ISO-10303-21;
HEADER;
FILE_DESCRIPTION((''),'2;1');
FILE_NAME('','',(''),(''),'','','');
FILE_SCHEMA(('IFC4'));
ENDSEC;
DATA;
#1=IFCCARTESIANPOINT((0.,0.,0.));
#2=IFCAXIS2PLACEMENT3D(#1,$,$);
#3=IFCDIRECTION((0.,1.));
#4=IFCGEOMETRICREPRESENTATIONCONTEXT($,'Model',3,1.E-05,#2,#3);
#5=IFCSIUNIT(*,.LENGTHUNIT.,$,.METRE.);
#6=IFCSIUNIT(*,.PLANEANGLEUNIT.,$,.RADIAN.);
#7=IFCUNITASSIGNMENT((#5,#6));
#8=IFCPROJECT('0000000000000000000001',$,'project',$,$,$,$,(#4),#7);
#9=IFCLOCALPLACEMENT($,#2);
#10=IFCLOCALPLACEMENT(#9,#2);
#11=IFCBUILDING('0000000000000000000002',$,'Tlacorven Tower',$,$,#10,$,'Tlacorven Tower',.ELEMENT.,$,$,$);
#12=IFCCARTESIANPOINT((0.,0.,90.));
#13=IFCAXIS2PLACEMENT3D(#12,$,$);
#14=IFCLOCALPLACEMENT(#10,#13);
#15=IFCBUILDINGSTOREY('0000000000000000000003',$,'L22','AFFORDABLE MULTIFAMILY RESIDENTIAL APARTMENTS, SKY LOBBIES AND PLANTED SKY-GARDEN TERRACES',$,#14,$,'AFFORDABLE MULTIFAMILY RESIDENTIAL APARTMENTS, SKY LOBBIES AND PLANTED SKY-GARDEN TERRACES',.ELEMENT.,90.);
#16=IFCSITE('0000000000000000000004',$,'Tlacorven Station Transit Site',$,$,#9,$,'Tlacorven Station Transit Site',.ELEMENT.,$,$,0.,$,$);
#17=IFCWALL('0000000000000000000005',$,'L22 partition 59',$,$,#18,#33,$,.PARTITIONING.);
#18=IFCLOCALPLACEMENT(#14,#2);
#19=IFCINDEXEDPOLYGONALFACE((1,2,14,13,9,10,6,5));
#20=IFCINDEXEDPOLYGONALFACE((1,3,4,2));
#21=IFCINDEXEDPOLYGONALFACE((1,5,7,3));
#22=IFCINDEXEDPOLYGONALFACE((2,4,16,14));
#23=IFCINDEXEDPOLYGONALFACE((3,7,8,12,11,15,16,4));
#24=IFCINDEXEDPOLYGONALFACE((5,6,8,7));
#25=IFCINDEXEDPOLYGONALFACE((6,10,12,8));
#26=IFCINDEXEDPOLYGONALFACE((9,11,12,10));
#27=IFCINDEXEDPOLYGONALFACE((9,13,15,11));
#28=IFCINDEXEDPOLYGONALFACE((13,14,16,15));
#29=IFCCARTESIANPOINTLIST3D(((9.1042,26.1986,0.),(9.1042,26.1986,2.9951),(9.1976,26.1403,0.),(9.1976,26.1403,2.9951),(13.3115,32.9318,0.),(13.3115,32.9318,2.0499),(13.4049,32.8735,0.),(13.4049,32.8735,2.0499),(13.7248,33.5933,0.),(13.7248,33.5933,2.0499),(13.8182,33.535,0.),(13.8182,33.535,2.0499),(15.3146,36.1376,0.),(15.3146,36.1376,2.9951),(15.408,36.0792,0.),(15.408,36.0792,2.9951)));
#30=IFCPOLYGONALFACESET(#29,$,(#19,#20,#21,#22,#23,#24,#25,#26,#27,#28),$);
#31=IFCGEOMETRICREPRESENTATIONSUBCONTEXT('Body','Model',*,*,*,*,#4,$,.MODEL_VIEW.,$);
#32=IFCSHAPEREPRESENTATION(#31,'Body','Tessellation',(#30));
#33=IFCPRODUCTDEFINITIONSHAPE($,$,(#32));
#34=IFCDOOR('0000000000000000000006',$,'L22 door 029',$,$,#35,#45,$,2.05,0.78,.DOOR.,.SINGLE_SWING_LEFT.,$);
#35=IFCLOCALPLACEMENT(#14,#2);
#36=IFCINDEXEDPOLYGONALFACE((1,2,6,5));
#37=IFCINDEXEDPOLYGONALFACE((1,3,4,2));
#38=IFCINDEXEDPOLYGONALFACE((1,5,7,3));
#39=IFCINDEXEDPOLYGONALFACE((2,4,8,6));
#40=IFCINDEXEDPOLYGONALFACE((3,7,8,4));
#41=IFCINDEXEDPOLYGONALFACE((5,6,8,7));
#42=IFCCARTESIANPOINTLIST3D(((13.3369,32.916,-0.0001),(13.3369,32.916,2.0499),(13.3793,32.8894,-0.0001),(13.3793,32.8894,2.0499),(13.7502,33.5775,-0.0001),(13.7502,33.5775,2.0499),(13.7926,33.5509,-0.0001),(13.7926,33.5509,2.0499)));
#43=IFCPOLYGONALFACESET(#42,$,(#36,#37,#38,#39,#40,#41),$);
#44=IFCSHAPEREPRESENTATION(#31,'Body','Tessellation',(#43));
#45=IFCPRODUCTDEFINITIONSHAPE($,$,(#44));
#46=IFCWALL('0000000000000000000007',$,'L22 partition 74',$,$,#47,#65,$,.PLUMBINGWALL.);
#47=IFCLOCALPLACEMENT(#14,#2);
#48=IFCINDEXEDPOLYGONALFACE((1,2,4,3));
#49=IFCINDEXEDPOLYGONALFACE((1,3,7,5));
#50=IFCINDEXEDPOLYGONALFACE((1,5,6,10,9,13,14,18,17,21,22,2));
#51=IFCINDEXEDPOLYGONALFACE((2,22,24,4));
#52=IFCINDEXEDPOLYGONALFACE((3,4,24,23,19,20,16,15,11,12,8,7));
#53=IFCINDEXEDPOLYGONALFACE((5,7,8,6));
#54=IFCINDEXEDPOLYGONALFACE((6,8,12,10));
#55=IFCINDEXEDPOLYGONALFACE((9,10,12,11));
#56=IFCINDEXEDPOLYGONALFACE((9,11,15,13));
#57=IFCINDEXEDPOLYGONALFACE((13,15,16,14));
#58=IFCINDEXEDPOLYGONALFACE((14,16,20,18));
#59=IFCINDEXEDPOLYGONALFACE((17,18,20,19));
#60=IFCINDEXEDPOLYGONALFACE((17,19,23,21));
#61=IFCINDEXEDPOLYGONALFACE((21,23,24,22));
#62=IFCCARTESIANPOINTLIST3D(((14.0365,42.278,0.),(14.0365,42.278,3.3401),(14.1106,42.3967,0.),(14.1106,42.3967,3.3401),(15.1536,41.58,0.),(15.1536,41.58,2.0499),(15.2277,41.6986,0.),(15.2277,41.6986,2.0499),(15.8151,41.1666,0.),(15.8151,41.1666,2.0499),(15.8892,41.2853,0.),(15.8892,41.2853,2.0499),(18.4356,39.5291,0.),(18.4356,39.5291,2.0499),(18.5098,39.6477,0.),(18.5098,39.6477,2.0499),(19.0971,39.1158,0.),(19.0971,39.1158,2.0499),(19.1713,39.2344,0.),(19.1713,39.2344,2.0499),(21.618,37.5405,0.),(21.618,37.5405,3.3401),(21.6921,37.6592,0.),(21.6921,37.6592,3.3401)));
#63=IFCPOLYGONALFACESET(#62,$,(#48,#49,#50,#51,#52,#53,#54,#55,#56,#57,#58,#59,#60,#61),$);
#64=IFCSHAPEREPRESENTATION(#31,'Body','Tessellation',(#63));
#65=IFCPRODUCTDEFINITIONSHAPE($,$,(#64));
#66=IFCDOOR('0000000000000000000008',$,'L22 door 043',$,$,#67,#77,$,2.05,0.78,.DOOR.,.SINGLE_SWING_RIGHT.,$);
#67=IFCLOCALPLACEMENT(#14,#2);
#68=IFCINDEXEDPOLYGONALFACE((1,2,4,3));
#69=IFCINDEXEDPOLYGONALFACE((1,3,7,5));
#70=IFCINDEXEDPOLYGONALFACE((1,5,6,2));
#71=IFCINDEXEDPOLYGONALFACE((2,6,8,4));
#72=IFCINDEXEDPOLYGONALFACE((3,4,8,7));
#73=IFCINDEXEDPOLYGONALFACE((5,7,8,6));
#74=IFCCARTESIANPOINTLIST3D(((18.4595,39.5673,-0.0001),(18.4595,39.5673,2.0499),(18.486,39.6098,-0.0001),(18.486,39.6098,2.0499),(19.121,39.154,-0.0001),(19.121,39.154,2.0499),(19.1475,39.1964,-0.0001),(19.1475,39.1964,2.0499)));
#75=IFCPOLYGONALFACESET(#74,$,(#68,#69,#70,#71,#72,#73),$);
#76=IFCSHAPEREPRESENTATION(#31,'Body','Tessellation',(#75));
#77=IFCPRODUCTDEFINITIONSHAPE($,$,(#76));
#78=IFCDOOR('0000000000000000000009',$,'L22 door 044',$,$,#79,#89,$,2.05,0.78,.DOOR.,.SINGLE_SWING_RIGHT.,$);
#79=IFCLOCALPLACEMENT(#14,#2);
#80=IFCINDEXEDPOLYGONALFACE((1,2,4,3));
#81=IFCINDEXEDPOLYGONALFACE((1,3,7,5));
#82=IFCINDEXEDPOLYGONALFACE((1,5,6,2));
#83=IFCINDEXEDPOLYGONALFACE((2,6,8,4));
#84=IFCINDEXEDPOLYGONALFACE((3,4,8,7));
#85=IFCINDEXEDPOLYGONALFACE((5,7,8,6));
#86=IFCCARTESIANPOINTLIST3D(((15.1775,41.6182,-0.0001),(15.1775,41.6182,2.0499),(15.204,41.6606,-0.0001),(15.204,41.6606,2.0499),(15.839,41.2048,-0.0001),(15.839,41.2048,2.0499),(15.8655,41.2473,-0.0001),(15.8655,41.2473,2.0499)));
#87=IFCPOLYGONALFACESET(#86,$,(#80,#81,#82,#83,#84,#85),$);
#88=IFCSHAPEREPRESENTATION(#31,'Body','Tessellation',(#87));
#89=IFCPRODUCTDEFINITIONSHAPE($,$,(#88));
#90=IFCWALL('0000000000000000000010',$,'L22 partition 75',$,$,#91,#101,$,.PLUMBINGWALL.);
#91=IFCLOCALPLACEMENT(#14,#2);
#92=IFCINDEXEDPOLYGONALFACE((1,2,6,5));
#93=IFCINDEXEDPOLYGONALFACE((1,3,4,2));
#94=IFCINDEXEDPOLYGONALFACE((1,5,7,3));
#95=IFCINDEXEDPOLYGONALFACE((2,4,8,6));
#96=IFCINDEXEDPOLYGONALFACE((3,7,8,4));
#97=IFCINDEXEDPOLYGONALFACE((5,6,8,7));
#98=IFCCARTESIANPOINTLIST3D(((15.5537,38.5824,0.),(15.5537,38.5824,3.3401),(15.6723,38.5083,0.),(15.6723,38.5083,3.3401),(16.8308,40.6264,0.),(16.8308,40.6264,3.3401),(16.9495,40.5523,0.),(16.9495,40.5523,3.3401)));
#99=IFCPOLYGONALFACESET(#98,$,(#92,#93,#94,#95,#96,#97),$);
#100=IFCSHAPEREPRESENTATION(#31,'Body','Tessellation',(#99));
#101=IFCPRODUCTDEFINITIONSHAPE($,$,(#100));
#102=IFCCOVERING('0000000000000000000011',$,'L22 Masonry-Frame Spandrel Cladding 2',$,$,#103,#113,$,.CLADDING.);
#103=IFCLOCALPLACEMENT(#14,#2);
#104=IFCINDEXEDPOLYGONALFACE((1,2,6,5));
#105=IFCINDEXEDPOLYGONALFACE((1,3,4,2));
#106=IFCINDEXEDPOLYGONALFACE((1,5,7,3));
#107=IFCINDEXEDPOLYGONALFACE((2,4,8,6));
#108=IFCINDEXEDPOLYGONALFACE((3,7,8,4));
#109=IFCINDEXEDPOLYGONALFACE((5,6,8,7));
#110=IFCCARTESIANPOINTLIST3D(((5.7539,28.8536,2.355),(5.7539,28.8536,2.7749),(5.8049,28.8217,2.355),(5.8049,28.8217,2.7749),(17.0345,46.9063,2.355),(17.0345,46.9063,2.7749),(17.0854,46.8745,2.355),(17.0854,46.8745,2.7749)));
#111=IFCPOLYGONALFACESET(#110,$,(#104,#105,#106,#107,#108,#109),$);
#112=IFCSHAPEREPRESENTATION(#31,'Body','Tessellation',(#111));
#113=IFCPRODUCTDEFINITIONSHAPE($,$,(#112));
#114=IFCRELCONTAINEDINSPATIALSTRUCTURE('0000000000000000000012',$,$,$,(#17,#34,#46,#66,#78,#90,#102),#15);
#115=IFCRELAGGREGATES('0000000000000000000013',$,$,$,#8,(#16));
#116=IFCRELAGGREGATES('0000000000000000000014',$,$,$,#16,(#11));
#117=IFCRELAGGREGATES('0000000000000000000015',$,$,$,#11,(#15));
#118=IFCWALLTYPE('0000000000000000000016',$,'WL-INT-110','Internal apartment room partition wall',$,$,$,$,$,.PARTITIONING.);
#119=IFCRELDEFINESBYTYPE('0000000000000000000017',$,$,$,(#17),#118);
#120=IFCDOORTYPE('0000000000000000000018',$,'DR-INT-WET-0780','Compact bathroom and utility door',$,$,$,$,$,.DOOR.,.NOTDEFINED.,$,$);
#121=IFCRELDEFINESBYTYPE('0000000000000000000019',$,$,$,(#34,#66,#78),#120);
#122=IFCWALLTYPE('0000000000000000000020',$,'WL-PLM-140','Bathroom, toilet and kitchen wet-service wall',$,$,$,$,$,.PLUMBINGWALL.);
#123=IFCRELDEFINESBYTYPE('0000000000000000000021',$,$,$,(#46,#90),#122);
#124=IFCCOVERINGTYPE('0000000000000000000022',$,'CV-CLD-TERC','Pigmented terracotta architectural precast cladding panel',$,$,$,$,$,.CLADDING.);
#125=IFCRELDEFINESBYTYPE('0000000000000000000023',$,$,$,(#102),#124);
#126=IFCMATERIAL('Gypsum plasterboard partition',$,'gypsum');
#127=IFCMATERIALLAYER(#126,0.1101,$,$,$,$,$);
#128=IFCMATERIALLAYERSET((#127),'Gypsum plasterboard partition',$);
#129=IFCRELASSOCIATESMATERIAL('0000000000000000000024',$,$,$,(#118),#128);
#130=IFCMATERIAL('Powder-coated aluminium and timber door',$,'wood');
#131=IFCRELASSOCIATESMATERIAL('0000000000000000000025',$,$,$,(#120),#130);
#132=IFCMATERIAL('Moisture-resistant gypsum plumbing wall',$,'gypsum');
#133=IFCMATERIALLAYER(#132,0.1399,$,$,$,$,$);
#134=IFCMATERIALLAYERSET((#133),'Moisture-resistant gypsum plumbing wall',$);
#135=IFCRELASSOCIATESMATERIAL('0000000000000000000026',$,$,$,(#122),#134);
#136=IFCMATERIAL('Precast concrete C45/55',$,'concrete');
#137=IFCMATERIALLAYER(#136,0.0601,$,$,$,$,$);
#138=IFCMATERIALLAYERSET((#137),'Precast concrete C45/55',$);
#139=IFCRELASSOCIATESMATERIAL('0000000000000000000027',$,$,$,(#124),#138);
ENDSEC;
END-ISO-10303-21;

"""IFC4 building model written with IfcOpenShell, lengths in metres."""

from ifc_helpers import new_model, si_unit, direction, frame, frame_2d, origin, origin_2d, place, context, subcontext, project, spatial, rectangle, extrude, source, transform, mapped, material, layer, layer_set, type_object, element, fill, save


model = new_model("IFC4")

# Units and contexts
model_context = context("Model", 3, precision=1e-05, world=origin(), true_north=direction((0.0, 1.0)))
body_context = subcontext(model_context, "Body", "Model", "MODEL_VIEW")
ifc_project = project(units=[si_unit("LENGTHUNIT", "METRE"), si_unit("PLANEANGLEUNIT", "RADIAN")], contexts=[model_context])

# Site, building, storey
site_placement = place(None, origin())
site = spatial("IfcSite", under=ifc_project, at=site_placement, Name="Tlacorven Station Transit Site", LongName="Tlacorven Station Transit Site", CompositionType="ELEMENT", RefElevation=0.0)
building_placement = place(site_placement, origin())
building = spatial("IfcBuilding", under=site, at=building_placement, Name="Tlacorven Tower", LongName="Tlacorven Tower", CompositionType="ELEMENT")
storey_placement = place(building_placement, frame((0.0, 0.0, 90.0)))
storey = spatial("IfcBuildingStorey", under=building, at=storey_placement, Name="L22", Description="AFFORDABLE MULTIFAMILY RESIDENTIAL APARTMENTS, SKY LOBBIES AND PLANTED SKY-GARDEN TERRACES", LongName="AFFORDABLE MULTIFAMILY RESIDENTIAL APARTMENTS, SKY LOBBIES AND PLANTED SKY-GARDEN TERRACES", CompositionType="ELEMENT", Elevation=90.0)

# Wall, opening, door
ifc_material_1 = material(Name="Gypsum plasterboard partition", Category="gypsum")
ifc_layer_1 = layer(ifc_material_1, 0.1101)
ifc_layer_set_1 = layer_set([ifc_layer_1], Name="Gypsum plasterboard partition")
wall_type_1 = type_object("IfcWallType", Name="WL-INT-110", Description="Internal apartment room partition wall", PredefinedType="PARTITIONING", material=ifc_layer_set_1)
wall_1_placement = place(storey_placement, frame((15.3613, 36.1084, 0.0), z_axis=(0.0, 0.0, 1.0), x_axis=(-0.529913, -0.848052, 0.0)))
wall_1 = element("IfcWall", 1, at=wall_1_placement, inside=storey, type_object=wall_type_1, Name="L22 partition 59", PredefinedType="PARTITIONING", context=body_context, shape_type="SweptSolid", body=[
    extrude(rectangle(XDim=11.7197, YDim=0.1101, at=frame_2d((5.8599, 0.0))), origin(), (0.0, 0.0, 1.0), 2.9951),
])
opening_1_placement = place(wall_1_placement, frame((3.0, 0.0, 0.0)))
opening_1 = element("IfcOpeningElement", 2, at=opening_1_placement, cuts=wall_1, PredefinedType="OPENING", context=body_context, shape_type="SweptSolid", body=[
    extrude(rectangle(XDim=0.78, YDim=2.05, at=frame_2d((0.3901, 1.0249))), frame((0.0, 0.0649, 0.0), z_axis=(0.0, -1.0, 0.0), x_axis=(1.0, 0.0, 0.0)), (0.0, 0.0, 1.0), 0.1301),
])
ifc_material_2 = material(Name="Powder-coated aluminium and timber door", Category="wood")
door_type = type_object("IfcDoorType", Name="DR-INT-WET-0780", Description="Compact bathroom and utility door", OperationType="NOTDEFINED", PredefinedType="DOOR", material=ifc_material_2)
shared_shape_1 = source(origin(), body_context, "Body", "SweptSolid", [
    extrude(rectangle(XDim=0.78, YDim=2.05, at=frame_2d((0.3901, 1.0249))), frame((0.0, 0.0249, 0.0), z_axis=(0.0, -1.0, 0.0), x_axis=(1.0, 0.0, 0.0)), (0.0, 0.0, 1.0), 0.05),
])
door_1_placement = place(opening_1_placement, origin())
door_1 = element("IfcDoor", 3, at=door_1_placement, inside=storey, type_object=door_type, Name="L22 door 029", OperationType="SINGLE_SWING_LEFT", OverallHeight=2.05, OverallWidth=0.78, PredefinedType="DOOR", context=body_context, shape_type="MappedRepresentation", body=[
    mapped(shared_shape_1, transform((0.0, 0.0, 0.0), scale=1.0)),
])
fill(opening_1, door_1)

# Wall, openings, doors
ifc_material_3 = material(Name="Moisture-resistant gypsum plumbing wall", Category="gypsum")
ifc_layer_2 = layer(ifc_material_3, 0.1399)
ifc_layer_set_2 = layer_set([ifc_layer_2], Name="Moisture-resistant gypsum plumbing wall")
wall_type_2 = type_object("IfcWallType", Name="WL-PLM-140", Description="Bathroom, toilet and kitchen wet-service wall", PredefinedType="PLUMBINGWALL", material=ifc_layer_set_2)
wall_2_placement = place(storey_placement, frame((21.655, 37.5999, 0.0), z_axis=(0.0, 0.0, 1.0), x_axis=(-0.848044, 0.529925, 0.0)))
wall_2 = element("IfcWall", 4, at=wall_2_placement, inside=storey, type_object=wall_type_2, Name="L22 partition 74", PredefinedType="PLUMBINGWALL", context=body_context, shape_type="SweptSolid", body=[
    extrude(rectangle(XDim=8.9399, YDim=0.1399, at=frame_2d((4.47, 0.0))), origin(), (0.0, 0.0, 1.0), 3.3401),
])
opening_2_placement = place(wall_2_placement, frame((2.9724, 0.0, 0.0)))
opening_2 = element("IfcOpeningElement", 5, at=opening_2_placement, cuts=wall_2, PredefinedType="OPENING", context=body_context, shape_type="SweptSolid", body=[
    extrude(rectangle(XDim=0.78, YDim=2.05, at=frame_2d((0.3901, 1.0249))), frame((0.0, 0.0801, 0.0), z_axis=(0.0, -1.0, 0.0), x_axis=(1.0, 0.0, 0.0)), (0.0, 0.0, 1.0), 0.1599),
])
opening_3_placement = place(wall_2_placement, frame((6.8425, 0.0, 0.0)))
opening_3 = element("IfcOpeningElement", 6, at=opening_3_placement, cuts=wall_2, PredefinedType="OPENING", context=body_context, shape_type="SweptSolid", body=[
    extrude(rectangle(XDim=0.78, YDim=2.05, at=frame_2d((0.3901, 1.0249))), frame((0.0, 0.0801, 0.0), z_axis=(0.0, -1.0, 0.0), x_axis=(1.0, 0.0, 0.0)), (0.0, 0.0, 1.0), 0.1599),
])
door_2_placement = place(opening_2_placement, origin())
door_2 = element("IfcDoor", 7, at=door_2_placement, inside=storey, type_object=door_type, Name="L22 door 043", OperationType="SINGLE_SWING_RIGHT", OverallHeight=2.05, OverallWidth=0.78, PredefinedType="DOOR", context=body_context, shape_type="MappedRepresentation", body=[
    mapped(shared_shape_1, transform((0.0, 0.0, 0.0), scale=1.0)),
])
fill(opening_2, door_2)
door_3_placement = place(opening_3_placement, origin())
door_3 = element("IfcDoor", 8, at=door_3_placement, inside=storey, type_object=door_type, Name="L22 door 044", OperationType="SINGLE_SWING_RIGHT", OverallHeight=2.05, OverallWidth=0.78, PredefinedType="DOOR", context=body_context, shape_type="MappedRepresentation", body=[
    mapped(shared_shape_1, transform((0.0, 0.0, 0.0), scale=1.0)),
])
fill(opening_3, door_3)

# Wall
wall_3_placement = place(storey_placement, frame((16.8901, 40.5894, 0.0), z_axis=(0.0, 0.0, 1.0), x_axis=(-0.52989, -0.848067, 0.0)))
element("IfcWall", 9, at=wall_3_placement, inside=storey, type_object=wall_type_2, Name="L22 partition 75", PredefinedType="PLUMBINGWALL", context=body_context, shape_type="SweptSolid", body=[
    extrude(rectangle(XDim=2.4102, YDim=0.1399, at=frame_2d((1.2051, 0.0))), origin(), (0.0, 0.0, 1.0), 3.3401),
])

# Covering
ifc_material_4 = material(Name="Precast concrete C45/55", Category="concrete")
ifc_layer_3 = layer(ifc_material_4, 0.0601)
ifc_layer_set_3 = layer_set([ifc_layer_3], Name="Precast concrete C45/55")
covering_type = type_object("IfcCoveringType", Name="CV-CLD-TERC", Description="Pigmented terracotta architectural precast cladding panel", PredefinedType="CLADDING", material=ifc_layer_set_3)
shared_shape_2 = source(origin(), body_context, "Body", "SweptSolid", [
    extrude(rectangle(XDim=21.2874, YDim=0.0601, at=origin_2d()), origin(), (0.0, 0.0, 1.0), 0.4199),
])
covering_placement = place(storey_placement, frame((11.4197, 37.864, 2.355), z_axis=(0.0, 0.0, 1.0), x_axis=(0.529919, 0.848048, 0.0)))
element("IfcCovering", 10, at=covering_placement, inside=storey, type_object=covering_type, Name="L22 Masonry-Frame Spandrel Cladding 2", PredefinedType="CLADDING", context=body_context, shape_type="MappedRepresentation", body=[
    mapped(shared_shape_2, transform((0.0, 0.0, 0.0), scale=1.0)),
])

save(model, "model.ifc")
